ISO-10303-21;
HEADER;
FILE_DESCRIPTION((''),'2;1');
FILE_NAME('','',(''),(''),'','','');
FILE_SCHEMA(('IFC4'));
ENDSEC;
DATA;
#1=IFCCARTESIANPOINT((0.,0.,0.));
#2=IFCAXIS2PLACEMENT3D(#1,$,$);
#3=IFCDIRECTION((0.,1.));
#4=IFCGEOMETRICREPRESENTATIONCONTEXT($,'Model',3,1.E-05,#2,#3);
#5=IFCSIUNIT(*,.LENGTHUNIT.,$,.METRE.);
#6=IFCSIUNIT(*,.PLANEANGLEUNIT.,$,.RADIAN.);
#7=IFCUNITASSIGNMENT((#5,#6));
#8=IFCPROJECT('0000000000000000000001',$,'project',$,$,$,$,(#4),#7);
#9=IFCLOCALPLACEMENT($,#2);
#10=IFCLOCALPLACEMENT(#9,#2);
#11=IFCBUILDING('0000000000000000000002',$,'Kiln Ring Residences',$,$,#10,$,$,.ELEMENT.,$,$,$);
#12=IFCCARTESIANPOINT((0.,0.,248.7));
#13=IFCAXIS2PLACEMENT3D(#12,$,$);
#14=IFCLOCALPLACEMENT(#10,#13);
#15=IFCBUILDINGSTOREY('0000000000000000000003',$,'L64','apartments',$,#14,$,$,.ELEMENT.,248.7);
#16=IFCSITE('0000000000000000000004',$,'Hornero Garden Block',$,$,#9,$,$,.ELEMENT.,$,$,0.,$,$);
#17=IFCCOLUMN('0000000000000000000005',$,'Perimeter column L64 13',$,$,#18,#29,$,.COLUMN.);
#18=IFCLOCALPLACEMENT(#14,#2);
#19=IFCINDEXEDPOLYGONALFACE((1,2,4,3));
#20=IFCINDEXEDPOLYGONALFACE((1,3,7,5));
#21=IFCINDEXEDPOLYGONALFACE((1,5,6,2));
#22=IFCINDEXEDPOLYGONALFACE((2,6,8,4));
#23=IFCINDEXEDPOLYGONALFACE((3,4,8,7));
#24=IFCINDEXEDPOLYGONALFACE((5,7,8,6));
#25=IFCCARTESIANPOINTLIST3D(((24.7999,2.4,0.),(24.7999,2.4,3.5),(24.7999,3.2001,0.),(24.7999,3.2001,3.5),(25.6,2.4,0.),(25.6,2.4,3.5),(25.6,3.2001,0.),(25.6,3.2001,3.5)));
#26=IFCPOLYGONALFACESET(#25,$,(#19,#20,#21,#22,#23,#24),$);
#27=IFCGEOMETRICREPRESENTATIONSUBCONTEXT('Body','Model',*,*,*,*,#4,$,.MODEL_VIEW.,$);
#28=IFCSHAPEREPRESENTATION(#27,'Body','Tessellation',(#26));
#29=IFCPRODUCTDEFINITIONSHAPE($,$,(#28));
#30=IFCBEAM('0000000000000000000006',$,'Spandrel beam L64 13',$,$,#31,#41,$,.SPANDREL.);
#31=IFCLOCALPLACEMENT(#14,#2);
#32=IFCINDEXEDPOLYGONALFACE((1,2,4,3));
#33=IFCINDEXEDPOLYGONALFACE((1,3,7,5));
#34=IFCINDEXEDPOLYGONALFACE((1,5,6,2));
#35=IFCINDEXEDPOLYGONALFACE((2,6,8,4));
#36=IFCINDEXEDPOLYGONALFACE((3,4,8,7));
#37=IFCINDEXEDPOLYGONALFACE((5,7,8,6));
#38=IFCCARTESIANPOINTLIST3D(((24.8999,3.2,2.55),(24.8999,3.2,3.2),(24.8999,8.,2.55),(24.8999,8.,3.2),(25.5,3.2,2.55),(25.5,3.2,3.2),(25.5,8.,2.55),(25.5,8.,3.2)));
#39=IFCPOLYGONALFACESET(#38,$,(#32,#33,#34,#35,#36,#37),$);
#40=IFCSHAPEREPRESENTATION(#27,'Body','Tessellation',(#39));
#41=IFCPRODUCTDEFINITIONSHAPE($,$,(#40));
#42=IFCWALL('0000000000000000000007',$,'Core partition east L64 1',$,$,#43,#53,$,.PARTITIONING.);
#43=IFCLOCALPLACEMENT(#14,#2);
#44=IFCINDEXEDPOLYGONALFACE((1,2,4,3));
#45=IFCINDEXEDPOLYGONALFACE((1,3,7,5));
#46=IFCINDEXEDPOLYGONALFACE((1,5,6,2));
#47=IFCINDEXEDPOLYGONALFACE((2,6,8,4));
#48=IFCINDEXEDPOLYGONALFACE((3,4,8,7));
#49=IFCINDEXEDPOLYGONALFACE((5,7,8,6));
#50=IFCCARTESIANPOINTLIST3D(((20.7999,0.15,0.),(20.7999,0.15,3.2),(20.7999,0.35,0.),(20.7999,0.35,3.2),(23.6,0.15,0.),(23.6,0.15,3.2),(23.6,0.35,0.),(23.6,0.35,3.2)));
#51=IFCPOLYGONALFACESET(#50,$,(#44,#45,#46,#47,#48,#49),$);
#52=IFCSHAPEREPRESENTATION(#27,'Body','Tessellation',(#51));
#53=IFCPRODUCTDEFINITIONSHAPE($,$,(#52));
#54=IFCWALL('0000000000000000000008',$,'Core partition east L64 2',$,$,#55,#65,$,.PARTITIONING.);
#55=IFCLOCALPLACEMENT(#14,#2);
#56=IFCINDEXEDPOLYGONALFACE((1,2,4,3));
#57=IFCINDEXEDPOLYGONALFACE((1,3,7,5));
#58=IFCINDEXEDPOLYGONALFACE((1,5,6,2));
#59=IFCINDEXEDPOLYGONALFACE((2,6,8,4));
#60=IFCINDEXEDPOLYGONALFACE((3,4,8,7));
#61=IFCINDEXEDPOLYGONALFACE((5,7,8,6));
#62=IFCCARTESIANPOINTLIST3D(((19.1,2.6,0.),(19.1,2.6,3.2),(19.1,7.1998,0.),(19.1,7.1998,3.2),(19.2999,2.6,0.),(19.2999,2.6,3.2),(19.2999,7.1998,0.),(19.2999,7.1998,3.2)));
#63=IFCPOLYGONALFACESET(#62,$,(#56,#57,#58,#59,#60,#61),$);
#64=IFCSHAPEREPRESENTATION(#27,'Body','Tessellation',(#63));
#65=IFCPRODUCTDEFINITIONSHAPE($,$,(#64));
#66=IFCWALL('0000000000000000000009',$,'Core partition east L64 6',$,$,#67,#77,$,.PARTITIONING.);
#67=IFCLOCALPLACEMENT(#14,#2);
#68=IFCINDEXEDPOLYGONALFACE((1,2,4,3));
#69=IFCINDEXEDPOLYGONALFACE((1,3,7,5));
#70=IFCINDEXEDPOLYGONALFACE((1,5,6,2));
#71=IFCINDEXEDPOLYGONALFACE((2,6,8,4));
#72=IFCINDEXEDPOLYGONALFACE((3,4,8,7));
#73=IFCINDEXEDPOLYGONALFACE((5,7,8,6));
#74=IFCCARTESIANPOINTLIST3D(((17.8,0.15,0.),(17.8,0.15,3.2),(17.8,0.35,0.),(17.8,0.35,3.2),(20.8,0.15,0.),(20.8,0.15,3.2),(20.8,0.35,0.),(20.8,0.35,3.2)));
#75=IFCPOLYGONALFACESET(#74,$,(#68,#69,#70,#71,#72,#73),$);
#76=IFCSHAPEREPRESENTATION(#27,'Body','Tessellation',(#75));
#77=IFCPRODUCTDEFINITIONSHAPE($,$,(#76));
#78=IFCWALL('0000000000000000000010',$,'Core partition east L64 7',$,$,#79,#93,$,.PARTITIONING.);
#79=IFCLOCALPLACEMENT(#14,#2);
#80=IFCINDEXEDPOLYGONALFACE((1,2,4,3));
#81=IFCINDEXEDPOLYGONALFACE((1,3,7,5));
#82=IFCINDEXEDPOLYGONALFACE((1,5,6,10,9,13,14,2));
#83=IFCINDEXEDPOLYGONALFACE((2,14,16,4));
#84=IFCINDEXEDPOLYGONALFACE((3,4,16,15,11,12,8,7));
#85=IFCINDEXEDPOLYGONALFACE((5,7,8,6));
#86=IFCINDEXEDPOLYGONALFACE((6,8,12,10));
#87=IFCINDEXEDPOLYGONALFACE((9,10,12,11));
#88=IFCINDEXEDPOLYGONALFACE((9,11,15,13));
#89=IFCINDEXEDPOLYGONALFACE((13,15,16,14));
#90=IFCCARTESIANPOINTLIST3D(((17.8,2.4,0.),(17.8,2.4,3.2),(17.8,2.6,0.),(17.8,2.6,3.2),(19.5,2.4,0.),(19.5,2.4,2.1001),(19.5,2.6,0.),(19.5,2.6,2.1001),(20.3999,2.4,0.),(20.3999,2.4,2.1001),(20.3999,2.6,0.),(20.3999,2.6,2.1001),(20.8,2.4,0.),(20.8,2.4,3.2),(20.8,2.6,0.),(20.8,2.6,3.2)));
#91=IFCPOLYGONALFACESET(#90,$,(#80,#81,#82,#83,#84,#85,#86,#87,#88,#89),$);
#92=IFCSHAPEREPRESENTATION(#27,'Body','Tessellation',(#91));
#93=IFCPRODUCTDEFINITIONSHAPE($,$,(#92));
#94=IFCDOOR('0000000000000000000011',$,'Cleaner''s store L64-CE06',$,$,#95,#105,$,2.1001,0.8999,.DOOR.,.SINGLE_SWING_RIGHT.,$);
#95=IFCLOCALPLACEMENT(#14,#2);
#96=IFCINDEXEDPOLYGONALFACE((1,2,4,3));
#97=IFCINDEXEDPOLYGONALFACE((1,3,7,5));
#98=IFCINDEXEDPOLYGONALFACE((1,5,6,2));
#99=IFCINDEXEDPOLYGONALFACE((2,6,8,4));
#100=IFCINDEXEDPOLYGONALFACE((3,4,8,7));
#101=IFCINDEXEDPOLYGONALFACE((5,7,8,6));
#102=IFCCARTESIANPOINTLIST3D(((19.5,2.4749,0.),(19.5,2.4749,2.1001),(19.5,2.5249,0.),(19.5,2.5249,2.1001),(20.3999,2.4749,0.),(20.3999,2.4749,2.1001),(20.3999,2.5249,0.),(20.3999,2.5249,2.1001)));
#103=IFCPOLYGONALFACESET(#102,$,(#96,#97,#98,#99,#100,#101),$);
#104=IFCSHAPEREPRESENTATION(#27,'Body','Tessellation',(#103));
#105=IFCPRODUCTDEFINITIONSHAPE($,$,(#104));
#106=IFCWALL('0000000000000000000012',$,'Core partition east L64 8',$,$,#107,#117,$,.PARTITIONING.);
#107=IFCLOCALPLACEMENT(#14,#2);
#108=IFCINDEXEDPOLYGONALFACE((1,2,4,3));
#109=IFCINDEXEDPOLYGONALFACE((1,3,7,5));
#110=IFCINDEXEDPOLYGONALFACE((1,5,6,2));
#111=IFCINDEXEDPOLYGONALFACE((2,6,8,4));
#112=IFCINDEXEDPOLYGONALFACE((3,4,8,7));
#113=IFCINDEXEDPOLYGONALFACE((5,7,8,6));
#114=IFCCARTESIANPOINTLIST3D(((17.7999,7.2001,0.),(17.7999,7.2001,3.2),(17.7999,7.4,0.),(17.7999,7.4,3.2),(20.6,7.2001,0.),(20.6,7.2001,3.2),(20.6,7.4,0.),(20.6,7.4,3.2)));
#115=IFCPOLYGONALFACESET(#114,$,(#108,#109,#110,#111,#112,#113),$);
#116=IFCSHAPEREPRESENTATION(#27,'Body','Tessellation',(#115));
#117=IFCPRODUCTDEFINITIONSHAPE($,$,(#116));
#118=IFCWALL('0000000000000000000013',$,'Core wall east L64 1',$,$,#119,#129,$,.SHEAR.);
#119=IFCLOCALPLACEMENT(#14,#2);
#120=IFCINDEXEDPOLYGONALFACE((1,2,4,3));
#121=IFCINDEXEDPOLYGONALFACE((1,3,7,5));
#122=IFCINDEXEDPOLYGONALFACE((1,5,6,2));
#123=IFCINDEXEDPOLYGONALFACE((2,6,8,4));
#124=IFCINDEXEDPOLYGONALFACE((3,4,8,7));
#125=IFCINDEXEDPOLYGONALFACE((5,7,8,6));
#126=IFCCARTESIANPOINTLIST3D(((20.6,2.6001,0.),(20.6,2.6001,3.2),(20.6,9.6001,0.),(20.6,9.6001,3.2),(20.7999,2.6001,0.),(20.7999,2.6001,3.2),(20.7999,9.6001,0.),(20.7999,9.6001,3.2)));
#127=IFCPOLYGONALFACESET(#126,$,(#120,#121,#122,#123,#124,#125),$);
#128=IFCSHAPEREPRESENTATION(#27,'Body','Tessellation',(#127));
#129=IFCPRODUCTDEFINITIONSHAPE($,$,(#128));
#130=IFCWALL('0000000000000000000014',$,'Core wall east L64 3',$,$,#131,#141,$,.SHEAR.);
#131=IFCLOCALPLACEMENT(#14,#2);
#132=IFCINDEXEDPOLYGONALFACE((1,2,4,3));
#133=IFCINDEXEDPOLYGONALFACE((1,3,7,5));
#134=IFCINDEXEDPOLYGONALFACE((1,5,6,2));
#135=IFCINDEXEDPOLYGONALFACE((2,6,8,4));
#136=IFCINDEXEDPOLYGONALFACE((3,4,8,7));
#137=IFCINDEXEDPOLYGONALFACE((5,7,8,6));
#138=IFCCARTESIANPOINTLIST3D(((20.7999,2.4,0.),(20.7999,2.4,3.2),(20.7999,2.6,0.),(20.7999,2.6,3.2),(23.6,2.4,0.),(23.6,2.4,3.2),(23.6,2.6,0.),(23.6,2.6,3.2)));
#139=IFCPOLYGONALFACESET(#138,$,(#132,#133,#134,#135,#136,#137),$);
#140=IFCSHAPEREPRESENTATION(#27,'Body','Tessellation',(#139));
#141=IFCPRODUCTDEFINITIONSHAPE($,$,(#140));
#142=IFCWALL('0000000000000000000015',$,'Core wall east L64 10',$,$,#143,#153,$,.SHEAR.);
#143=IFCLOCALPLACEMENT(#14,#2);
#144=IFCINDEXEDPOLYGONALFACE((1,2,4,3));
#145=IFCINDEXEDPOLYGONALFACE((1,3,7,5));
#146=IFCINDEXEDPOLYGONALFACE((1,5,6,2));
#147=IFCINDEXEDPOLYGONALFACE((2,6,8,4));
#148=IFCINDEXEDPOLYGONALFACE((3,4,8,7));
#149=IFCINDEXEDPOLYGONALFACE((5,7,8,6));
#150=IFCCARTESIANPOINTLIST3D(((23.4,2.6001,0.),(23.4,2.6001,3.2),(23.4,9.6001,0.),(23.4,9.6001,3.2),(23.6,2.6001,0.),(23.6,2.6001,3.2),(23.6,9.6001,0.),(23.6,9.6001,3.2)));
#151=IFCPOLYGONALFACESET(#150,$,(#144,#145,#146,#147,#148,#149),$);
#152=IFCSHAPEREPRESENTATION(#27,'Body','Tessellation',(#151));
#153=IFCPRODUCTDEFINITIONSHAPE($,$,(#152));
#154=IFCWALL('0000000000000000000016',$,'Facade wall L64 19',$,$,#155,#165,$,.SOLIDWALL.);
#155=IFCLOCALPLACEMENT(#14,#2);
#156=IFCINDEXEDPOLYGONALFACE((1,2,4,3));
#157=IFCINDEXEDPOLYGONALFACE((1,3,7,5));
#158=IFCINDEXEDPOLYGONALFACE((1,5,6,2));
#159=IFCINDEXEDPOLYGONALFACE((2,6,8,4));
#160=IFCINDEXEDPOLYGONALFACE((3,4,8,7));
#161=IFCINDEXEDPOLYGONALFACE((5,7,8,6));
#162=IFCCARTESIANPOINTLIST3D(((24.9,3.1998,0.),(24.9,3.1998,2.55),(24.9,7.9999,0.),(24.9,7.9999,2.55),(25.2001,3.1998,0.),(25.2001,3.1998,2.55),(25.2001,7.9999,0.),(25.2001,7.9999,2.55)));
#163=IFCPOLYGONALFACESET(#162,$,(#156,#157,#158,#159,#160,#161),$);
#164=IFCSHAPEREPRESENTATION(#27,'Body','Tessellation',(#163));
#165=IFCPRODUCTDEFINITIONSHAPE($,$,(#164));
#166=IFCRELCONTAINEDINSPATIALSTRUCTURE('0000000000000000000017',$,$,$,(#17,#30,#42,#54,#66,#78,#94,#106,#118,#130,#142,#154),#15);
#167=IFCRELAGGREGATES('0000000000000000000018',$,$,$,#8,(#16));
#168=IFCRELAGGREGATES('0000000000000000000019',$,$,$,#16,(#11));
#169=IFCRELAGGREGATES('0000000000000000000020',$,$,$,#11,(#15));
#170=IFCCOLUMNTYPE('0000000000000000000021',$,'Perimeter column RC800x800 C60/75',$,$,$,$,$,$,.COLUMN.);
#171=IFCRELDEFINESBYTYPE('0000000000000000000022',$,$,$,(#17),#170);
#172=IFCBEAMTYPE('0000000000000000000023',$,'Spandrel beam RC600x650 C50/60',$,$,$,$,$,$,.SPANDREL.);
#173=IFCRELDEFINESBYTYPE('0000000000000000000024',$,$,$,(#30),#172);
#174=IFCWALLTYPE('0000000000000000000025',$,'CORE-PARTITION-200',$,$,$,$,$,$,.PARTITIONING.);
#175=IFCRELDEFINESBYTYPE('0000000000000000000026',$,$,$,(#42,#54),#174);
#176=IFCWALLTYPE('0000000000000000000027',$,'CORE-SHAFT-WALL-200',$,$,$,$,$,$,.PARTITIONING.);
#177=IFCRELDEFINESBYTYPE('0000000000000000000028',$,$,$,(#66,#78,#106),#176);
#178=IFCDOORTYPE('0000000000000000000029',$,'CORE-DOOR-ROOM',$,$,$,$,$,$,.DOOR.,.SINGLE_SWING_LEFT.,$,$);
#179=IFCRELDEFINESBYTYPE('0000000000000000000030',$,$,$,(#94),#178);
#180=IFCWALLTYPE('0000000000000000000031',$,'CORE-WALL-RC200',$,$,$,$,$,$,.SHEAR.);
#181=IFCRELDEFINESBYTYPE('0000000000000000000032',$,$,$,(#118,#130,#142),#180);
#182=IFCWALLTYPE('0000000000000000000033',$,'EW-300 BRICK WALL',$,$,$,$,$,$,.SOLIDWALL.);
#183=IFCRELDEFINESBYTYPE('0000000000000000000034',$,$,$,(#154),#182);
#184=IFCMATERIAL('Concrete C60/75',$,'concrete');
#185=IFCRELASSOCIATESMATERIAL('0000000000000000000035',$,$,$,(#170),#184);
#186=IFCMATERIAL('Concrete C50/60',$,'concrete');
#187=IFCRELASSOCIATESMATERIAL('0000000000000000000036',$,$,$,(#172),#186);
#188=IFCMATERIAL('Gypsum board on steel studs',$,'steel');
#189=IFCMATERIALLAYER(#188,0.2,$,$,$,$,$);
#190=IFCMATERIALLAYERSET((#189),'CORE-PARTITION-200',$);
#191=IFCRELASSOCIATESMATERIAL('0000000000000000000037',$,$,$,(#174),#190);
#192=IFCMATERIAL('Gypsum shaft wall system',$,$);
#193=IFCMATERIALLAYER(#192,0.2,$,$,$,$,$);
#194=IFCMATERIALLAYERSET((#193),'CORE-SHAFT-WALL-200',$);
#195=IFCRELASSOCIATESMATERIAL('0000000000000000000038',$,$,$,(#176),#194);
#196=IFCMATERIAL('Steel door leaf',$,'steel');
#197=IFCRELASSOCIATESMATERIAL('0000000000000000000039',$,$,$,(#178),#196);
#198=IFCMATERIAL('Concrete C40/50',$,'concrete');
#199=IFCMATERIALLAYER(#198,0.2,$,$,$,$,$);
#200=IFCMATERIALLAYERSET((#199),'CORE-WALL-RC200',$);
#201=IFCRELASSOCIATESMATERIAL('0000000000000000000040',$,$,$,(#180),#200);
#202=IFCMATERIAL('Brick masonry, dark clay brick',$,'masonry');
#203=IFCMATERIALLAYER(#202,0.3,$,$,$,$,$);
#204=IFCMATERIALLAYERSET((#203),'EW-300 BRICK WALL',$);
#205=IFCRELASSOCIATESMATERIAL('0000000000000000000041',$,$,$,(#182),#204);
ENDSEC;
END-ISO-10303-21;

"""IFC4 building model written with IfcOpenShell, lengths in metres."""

from ifc_helpers import new_model, si_unit, direction, frame, frame_2d, origin, origin_2d, place, context, subcontext, project, spatial, rectangle, extrude, material, layer, layer_set, material_profile, profile_set, type_object, element, fill, save


model = new_model("IFC4")

# Units and contexts
model_context = context("Model", 3, precision=1e-05, world=origin(), true_north=direction((0.0, 1.0)))
body_context = subcontext(model_context, "Body", "Model", "MODEL_VIEW")
ifc_project = project(units=[si_unit("LENGTHUNIT", "METRE"), si_unit("PLANEANGLEUNIT", "RADIAN")], contexts=[model_context])

# Site, building, storey
site_placement = place(None, origin())
site = spatial("IfcSite", under=ifc_project, at=site_placement, Name="Hornero Garden Block", CompositionType="ELEMENT", RefElevation=0.0)
building_placement = place(site_placement, origin())
building = spatial("IfcBuilding", under=site, at=building_placement, Name="Kiln Ring Residences", CompositionType="ELEMENT")
storey_placement = place(building_placement, frame((0.0, 0.0, 248.7)))
storey = spatial("IfcBuildingStorey", under=building, at=storey_placement, Name="L64", Description="apartments", CompositionType="ELEMENT", Elevation=248.7)

# Column
ifc_material_1 = material(Name="Concrete C60/75", Category="concrete")
ifc_material_profile_1 = material_profile(ifc_material_1, rectangle(XDim=0.8, YDim=0.8, at=origin_2d()), Name="RC800x800")
ifc_profile_set_1 = profile_set([ifc_material_profile_1], Name="Concrete C60/75")
column_type = type_object("IfcColumnType", Name="Perimeter column RC800x800 C60/75", PredefinedType="COLUMN", material=ifc_profile_set_1)
column_placement = place(storey_placement, frame((25.2, 2.8, 0.0), z_axis=(0.0, 0.0, 1.0), x_axis=(1.0, 0.0, 0.0)))
element("IfcColumn", 1, at=column_placement, inside=storey, type_object=column_type, Name="Perimeter column L64 13", PredefinedType="COLUMN", context=body_context, shape_type="SweptSolid", body=[
    extrude(rectangle(XDim=0.8, YDim=0.8, at=origin_2d()), origin(), (0.0, 0.0, 1.0), 3.5),
])

# Beam
ifc_material_2 = material(Name="Concrete C50/60", Category="concrete")
ifc_material_profile_2 = material_profile(ifc_material_2, rectangle(XDim=0.6001, YDim=0.6499, at=origin_2d()), Name="RC600x650")
ifc_profile_set_2 = profile_set([ifc_material_profile_2], Name="Concrete C50/60")
beam_type = type_object("IfcBeamType", Name="Spandrel beam RC600x650 C50/60", PredefinedType="SPANDREL", material=ifc_profile_set_2)
beam_placement = place(storey_placement, frame((25.2, 3.2, 2.875), z_axis=(0.0, 1.0, 0.0), x_axis=(-1.0, 0.0, 0.0)))
element("IfcBeam", 2, at=beam_placement, inside=storey, type_object=beam_type, Name="Spandrel beam L64 13", PredefinedType="SPANDREL", context=body_context, shape_type="SweptSolid", body=[
    extrude(rectangle(XDim=0.6001, YDim=0.6499, at=origin_2d()), origin(), (0.0, 0.0, 1.0), 4.8),
])

# Walls
ifc_material_3 = material(Name="Gypsum board on steel studs", Category="steel")
ifc_layer_1 = layer(ifc_material_3, 0.2)
ifc_layer_set_1 = layer_set([ifc_layer_1], Name="CORE-PARTITION-200")
wall_type_1 = type_object("IfcWallType", Name="CORE-PARTITION-200", PredefinedType="PARTITIONING", material=ifc_layer_set_1)
wall_1_placement = place(storey_placement, frame((20.8, 0.25, 0.0), z_axis=(0.0, 0.0, 1.0), x_axis=(1.0, 0.0, 0.0)))
element("IfcWall", 3, at=wall_1_placement, inside=storey, type_object=wall_type_1, Name="Core partition east L64 1", PredefinedType="PARTITIONING", context=body_context, shape_type="SweptSolid", body=[
    extrude(rectangle(XDim=2.8, YDim=0.2, at=frame_2d((1.3999, 0.0))), origin(), (0.0, 0.0, 1.0), 3.2),
])
wall_2_placement = place(storey_placement, frame((19.2, 2.6001, 0.0), z_axis=(0.0, 0.0, 1.0), x_axis=(0.0, 1.0, 0.0)))
element("IfcWall", 4, at=wall_2_placement, inside=storey, type_object=wall_type_1, Name="Core partition east L64 2", PredefinedType="PARTITIONING", context=body_context, shape_type="SweptSolid", body=[
    extrude(rectangle(XDim=4.5999, YDim=0.2, at=frame_2d((2.2998, 0.0))), origin(), (0.0, 0.0, 1.0), 3.2),
])
ifc_material_4 = material(Name="Gypsum shaft wall system")
ifc_layer_2 = layer(ifc_material_4, 0.2)
ifc_layer_set_2 = layer_set([ifc_layer_2], Name="CORE-SHAFT-WALL-200")
wall_type_2 = type_object("IfcWallType", Name="CORE-SHAFT-WALL-200", PredefinedType="PARTITIONING", material=ifc_layer_set_2)
wall_3_placement = place(storey_placement, frame((17.8, 0.25, 0.0), z_axis=(0.0, 0.0, 1.0), x_axis=(1.0, 0.0, 0.0)))
element("IfcWall", 5, at=wall_3_placement, inside=storey, type_object=wall_type_2, Name="Core partition east L64 6", PredefinedType="PARTITIONING", context=body_context, shape_type="SweptSolid", body=[
    extrude(rectangle(XDim=3.0, YDim=0.2, at=frame_2d((1.5, 0.0))), origin(), (0.0, 0.0, 1.0), 3.2),
])

# Wall, opening, door
wall_4_placement = place(storey_placement, frame((17.8, 2.5, 0.0), z_axis=(0.0, 0.0, 1.0), x_axis=(1.0, 0.0, 0.0)))
wall_4 = element("IfcWall", 6, at=wall_4_placement, inside=storey, type_object=wall_type_2, Name="Core partition east L64 7", PredefinedType="PARTITIONING", context=body_context, shape_type="SweptSolid", body=[
    extrude(rectangle(XDim=3.0, YDim=0.2, at=frame_2d((1.5, 0.0))), origin(), (0.0, 0.0, 1.0), 3.2),
])
opening_placement = place(wall_4_placement, frame((1.7, 0.0, 0.0)))
opening = element("IfcOpeningElement", 7, at=opening_placement, cuts=wall_4, PredefinedType="OPENING", context=body_context, shape_type="SweptSolid", body=[
    extrude(rectangle(XDim=0.8999, YDim=2.1001, at=frame_2d((0.45, 1.05))), frame((0.0, 0.1099, 0.0), z_axis=(0.0, -1.0, 0.0), x_axis=(1.0, 0.0, 0.0)), (0.0, 0.0, 1.0), 0.22),
])
ifc_material_5 = material(Name="Steel door leaf", Category="steel")
door_type = type_object("IfcDoorType", Name="CORE-DOOR-ROOM", OperationType="SINGLE_SWING_LEFT", PredefinedType="DOOR", material=ifc_material_5)
door_placement = place(opening_placement, origin())
door = element("IfcDoor", 8, at=door_placement, inside=storey, type_object=door_type, Name="Cleaner's store L64-CE06", OperationType="SINGLE_SWING_RIGHT", OverallHeight=2.1001, OverallWidth=0.8999, PredefinedType="DOOR", context=body_context, shape_type="SweptSolid", body=[
    extrude(rectangle(XDim=0.8999, YDim=2.1001, at=frame_2d((0.45, 1.05))), frame((0.0, 0.0249, 0.0), z_axis=(0.0, -1.0, 0.0), x_axis=(1.0, 0.0, 0.0)), (0.0, 0.0, 1.0), 0.05),
])
fill(opening, door)

# Walls
wall_5_placement = place(storey_placement, frame((17.8, 7.3, 0.0), z_axis=(0.0, 0.0, 1.0), x_axis=(1.0, 0.0, 0.0)))
element("IfcWall", 9, at=wall_5_placement, inside=storey, type_object=wall_type_2, Name="Core partition east L64 8", PredefinedType="PARTITIONING", context=body_context, shape_type="SweptSolid", body=[
    extrude(rectangle(XDim=2.8, YDim=0.2, at=frame_2d((1.3999, 0.0))), origin(), (0.0, 0.0, 1.0), 3.2),
])
ifc_material_6 = material(Name="Concrete C40/50", Category="concrete")
ifc_layer_3 = layer(ifc_material_6, 0.2)
ifc_layer_set_3 = layer_set([ifc_layer_3], Name="CORE-WALL-RC200")
wall_type_3 = type_object("IfcWallType", Name="CORE-WALL-RC200", PredefinedType="SHEAR", material=ifc_layer_set_3)
wall_6_placement = place(storey_placement, frame((20.7, 2.6001, 0.0), z_axis=(0.0, 0.0, 1.0), x_axis=(0.0, 1.0, 0.0)))
element("IfcWall", 10, at=wall_6_placement, inside=storey, type_object=wall_type_3, Name="Core wall east L64 1", PredefinedType="SHEAR", context=body_context, shape_type="SweptSolid", body=[
    extrude(rectangle(XDim=7.0, YDim=0.2, at=frame_2d((3.5, 0.0))), origin(), (0.0, 0.0, 1.0), 3.2),
])
wall_7_placement = place(storey_placement, frame((20.8, 2.5, 0.0), z_axis=(0.0, 0.0, 1.0), x_axis=(1.0, 0.0, 0.0)))
element("IfcWall", 11, at=wall_7_placement, inside=storey, type_object=wall_type_3, Name="Core wall east L64 3", PredefinedType="SHEAR", context=body_context, shape_type="SweptSolid", body=[
    extrude(rectangle(XDim=2.8, YDim=0.2, at=frame_2d((1.3999, 0.0))), origin(), (0.0, 0.0, 1.0), 3.2),
])
wall_8_placement = place(storey_placement, frame((23.5, 2.6001, 0.0), z_axis=(0.0, 0.0, 1.0), x_axis=(0.0, 1.0, 0.0)))
element("IfcWall", 12, at=wall_8_placement, inside=storey, type_object=wall_type_3, Name="Core wall east L64 10", PredefinedType="SHEAR", context=body_context, shape_type="SweptSolid", body=[
    extrude(rectangle(XDim=7.0, YDim=0.2, at=frame_2d((3.5, 0.0))), origin(), (0.0, 0.0, 1.0), 3.2),
])
ifc_material_7 = material(Name="Brick masonry, dark clay brick", Category="masonry")
ifc_layer_4 = layer(ifc_material_7, 0.3)
ifc_layer_set_4 = layer_set([ifc_layer_4], Name="EW-300 BRICK WALL")
wall_type_4 = type_object("IfcWallType", Name="EW-300 BRICK WALL", PredefinedType="SOLIDWALL", material=ifc_layer_set_4)
wall_9_placement = place(storey_placement, frame((25.05, 3.2, 0.0), z_axis=(0.0, 0.0, 1.0), x_axis=(0.0, 1.0, 0.0)))
element("IfcWall", 13, at=wall_9_placement, inside=storey, type_object=wall_type_4, Name="Facade wall L64 19", PredefinedType="SOLIDWALL", context=body_context, shape_type="SweptSolid", body=[
    extrude(rectangle(XDim=4.8, YDim=0.3, at=frame_2d((2.3999, 0.0))), origin(), (0.0, 0.0, 1.0), 2.55),
])

save(model, "model.ifc")
